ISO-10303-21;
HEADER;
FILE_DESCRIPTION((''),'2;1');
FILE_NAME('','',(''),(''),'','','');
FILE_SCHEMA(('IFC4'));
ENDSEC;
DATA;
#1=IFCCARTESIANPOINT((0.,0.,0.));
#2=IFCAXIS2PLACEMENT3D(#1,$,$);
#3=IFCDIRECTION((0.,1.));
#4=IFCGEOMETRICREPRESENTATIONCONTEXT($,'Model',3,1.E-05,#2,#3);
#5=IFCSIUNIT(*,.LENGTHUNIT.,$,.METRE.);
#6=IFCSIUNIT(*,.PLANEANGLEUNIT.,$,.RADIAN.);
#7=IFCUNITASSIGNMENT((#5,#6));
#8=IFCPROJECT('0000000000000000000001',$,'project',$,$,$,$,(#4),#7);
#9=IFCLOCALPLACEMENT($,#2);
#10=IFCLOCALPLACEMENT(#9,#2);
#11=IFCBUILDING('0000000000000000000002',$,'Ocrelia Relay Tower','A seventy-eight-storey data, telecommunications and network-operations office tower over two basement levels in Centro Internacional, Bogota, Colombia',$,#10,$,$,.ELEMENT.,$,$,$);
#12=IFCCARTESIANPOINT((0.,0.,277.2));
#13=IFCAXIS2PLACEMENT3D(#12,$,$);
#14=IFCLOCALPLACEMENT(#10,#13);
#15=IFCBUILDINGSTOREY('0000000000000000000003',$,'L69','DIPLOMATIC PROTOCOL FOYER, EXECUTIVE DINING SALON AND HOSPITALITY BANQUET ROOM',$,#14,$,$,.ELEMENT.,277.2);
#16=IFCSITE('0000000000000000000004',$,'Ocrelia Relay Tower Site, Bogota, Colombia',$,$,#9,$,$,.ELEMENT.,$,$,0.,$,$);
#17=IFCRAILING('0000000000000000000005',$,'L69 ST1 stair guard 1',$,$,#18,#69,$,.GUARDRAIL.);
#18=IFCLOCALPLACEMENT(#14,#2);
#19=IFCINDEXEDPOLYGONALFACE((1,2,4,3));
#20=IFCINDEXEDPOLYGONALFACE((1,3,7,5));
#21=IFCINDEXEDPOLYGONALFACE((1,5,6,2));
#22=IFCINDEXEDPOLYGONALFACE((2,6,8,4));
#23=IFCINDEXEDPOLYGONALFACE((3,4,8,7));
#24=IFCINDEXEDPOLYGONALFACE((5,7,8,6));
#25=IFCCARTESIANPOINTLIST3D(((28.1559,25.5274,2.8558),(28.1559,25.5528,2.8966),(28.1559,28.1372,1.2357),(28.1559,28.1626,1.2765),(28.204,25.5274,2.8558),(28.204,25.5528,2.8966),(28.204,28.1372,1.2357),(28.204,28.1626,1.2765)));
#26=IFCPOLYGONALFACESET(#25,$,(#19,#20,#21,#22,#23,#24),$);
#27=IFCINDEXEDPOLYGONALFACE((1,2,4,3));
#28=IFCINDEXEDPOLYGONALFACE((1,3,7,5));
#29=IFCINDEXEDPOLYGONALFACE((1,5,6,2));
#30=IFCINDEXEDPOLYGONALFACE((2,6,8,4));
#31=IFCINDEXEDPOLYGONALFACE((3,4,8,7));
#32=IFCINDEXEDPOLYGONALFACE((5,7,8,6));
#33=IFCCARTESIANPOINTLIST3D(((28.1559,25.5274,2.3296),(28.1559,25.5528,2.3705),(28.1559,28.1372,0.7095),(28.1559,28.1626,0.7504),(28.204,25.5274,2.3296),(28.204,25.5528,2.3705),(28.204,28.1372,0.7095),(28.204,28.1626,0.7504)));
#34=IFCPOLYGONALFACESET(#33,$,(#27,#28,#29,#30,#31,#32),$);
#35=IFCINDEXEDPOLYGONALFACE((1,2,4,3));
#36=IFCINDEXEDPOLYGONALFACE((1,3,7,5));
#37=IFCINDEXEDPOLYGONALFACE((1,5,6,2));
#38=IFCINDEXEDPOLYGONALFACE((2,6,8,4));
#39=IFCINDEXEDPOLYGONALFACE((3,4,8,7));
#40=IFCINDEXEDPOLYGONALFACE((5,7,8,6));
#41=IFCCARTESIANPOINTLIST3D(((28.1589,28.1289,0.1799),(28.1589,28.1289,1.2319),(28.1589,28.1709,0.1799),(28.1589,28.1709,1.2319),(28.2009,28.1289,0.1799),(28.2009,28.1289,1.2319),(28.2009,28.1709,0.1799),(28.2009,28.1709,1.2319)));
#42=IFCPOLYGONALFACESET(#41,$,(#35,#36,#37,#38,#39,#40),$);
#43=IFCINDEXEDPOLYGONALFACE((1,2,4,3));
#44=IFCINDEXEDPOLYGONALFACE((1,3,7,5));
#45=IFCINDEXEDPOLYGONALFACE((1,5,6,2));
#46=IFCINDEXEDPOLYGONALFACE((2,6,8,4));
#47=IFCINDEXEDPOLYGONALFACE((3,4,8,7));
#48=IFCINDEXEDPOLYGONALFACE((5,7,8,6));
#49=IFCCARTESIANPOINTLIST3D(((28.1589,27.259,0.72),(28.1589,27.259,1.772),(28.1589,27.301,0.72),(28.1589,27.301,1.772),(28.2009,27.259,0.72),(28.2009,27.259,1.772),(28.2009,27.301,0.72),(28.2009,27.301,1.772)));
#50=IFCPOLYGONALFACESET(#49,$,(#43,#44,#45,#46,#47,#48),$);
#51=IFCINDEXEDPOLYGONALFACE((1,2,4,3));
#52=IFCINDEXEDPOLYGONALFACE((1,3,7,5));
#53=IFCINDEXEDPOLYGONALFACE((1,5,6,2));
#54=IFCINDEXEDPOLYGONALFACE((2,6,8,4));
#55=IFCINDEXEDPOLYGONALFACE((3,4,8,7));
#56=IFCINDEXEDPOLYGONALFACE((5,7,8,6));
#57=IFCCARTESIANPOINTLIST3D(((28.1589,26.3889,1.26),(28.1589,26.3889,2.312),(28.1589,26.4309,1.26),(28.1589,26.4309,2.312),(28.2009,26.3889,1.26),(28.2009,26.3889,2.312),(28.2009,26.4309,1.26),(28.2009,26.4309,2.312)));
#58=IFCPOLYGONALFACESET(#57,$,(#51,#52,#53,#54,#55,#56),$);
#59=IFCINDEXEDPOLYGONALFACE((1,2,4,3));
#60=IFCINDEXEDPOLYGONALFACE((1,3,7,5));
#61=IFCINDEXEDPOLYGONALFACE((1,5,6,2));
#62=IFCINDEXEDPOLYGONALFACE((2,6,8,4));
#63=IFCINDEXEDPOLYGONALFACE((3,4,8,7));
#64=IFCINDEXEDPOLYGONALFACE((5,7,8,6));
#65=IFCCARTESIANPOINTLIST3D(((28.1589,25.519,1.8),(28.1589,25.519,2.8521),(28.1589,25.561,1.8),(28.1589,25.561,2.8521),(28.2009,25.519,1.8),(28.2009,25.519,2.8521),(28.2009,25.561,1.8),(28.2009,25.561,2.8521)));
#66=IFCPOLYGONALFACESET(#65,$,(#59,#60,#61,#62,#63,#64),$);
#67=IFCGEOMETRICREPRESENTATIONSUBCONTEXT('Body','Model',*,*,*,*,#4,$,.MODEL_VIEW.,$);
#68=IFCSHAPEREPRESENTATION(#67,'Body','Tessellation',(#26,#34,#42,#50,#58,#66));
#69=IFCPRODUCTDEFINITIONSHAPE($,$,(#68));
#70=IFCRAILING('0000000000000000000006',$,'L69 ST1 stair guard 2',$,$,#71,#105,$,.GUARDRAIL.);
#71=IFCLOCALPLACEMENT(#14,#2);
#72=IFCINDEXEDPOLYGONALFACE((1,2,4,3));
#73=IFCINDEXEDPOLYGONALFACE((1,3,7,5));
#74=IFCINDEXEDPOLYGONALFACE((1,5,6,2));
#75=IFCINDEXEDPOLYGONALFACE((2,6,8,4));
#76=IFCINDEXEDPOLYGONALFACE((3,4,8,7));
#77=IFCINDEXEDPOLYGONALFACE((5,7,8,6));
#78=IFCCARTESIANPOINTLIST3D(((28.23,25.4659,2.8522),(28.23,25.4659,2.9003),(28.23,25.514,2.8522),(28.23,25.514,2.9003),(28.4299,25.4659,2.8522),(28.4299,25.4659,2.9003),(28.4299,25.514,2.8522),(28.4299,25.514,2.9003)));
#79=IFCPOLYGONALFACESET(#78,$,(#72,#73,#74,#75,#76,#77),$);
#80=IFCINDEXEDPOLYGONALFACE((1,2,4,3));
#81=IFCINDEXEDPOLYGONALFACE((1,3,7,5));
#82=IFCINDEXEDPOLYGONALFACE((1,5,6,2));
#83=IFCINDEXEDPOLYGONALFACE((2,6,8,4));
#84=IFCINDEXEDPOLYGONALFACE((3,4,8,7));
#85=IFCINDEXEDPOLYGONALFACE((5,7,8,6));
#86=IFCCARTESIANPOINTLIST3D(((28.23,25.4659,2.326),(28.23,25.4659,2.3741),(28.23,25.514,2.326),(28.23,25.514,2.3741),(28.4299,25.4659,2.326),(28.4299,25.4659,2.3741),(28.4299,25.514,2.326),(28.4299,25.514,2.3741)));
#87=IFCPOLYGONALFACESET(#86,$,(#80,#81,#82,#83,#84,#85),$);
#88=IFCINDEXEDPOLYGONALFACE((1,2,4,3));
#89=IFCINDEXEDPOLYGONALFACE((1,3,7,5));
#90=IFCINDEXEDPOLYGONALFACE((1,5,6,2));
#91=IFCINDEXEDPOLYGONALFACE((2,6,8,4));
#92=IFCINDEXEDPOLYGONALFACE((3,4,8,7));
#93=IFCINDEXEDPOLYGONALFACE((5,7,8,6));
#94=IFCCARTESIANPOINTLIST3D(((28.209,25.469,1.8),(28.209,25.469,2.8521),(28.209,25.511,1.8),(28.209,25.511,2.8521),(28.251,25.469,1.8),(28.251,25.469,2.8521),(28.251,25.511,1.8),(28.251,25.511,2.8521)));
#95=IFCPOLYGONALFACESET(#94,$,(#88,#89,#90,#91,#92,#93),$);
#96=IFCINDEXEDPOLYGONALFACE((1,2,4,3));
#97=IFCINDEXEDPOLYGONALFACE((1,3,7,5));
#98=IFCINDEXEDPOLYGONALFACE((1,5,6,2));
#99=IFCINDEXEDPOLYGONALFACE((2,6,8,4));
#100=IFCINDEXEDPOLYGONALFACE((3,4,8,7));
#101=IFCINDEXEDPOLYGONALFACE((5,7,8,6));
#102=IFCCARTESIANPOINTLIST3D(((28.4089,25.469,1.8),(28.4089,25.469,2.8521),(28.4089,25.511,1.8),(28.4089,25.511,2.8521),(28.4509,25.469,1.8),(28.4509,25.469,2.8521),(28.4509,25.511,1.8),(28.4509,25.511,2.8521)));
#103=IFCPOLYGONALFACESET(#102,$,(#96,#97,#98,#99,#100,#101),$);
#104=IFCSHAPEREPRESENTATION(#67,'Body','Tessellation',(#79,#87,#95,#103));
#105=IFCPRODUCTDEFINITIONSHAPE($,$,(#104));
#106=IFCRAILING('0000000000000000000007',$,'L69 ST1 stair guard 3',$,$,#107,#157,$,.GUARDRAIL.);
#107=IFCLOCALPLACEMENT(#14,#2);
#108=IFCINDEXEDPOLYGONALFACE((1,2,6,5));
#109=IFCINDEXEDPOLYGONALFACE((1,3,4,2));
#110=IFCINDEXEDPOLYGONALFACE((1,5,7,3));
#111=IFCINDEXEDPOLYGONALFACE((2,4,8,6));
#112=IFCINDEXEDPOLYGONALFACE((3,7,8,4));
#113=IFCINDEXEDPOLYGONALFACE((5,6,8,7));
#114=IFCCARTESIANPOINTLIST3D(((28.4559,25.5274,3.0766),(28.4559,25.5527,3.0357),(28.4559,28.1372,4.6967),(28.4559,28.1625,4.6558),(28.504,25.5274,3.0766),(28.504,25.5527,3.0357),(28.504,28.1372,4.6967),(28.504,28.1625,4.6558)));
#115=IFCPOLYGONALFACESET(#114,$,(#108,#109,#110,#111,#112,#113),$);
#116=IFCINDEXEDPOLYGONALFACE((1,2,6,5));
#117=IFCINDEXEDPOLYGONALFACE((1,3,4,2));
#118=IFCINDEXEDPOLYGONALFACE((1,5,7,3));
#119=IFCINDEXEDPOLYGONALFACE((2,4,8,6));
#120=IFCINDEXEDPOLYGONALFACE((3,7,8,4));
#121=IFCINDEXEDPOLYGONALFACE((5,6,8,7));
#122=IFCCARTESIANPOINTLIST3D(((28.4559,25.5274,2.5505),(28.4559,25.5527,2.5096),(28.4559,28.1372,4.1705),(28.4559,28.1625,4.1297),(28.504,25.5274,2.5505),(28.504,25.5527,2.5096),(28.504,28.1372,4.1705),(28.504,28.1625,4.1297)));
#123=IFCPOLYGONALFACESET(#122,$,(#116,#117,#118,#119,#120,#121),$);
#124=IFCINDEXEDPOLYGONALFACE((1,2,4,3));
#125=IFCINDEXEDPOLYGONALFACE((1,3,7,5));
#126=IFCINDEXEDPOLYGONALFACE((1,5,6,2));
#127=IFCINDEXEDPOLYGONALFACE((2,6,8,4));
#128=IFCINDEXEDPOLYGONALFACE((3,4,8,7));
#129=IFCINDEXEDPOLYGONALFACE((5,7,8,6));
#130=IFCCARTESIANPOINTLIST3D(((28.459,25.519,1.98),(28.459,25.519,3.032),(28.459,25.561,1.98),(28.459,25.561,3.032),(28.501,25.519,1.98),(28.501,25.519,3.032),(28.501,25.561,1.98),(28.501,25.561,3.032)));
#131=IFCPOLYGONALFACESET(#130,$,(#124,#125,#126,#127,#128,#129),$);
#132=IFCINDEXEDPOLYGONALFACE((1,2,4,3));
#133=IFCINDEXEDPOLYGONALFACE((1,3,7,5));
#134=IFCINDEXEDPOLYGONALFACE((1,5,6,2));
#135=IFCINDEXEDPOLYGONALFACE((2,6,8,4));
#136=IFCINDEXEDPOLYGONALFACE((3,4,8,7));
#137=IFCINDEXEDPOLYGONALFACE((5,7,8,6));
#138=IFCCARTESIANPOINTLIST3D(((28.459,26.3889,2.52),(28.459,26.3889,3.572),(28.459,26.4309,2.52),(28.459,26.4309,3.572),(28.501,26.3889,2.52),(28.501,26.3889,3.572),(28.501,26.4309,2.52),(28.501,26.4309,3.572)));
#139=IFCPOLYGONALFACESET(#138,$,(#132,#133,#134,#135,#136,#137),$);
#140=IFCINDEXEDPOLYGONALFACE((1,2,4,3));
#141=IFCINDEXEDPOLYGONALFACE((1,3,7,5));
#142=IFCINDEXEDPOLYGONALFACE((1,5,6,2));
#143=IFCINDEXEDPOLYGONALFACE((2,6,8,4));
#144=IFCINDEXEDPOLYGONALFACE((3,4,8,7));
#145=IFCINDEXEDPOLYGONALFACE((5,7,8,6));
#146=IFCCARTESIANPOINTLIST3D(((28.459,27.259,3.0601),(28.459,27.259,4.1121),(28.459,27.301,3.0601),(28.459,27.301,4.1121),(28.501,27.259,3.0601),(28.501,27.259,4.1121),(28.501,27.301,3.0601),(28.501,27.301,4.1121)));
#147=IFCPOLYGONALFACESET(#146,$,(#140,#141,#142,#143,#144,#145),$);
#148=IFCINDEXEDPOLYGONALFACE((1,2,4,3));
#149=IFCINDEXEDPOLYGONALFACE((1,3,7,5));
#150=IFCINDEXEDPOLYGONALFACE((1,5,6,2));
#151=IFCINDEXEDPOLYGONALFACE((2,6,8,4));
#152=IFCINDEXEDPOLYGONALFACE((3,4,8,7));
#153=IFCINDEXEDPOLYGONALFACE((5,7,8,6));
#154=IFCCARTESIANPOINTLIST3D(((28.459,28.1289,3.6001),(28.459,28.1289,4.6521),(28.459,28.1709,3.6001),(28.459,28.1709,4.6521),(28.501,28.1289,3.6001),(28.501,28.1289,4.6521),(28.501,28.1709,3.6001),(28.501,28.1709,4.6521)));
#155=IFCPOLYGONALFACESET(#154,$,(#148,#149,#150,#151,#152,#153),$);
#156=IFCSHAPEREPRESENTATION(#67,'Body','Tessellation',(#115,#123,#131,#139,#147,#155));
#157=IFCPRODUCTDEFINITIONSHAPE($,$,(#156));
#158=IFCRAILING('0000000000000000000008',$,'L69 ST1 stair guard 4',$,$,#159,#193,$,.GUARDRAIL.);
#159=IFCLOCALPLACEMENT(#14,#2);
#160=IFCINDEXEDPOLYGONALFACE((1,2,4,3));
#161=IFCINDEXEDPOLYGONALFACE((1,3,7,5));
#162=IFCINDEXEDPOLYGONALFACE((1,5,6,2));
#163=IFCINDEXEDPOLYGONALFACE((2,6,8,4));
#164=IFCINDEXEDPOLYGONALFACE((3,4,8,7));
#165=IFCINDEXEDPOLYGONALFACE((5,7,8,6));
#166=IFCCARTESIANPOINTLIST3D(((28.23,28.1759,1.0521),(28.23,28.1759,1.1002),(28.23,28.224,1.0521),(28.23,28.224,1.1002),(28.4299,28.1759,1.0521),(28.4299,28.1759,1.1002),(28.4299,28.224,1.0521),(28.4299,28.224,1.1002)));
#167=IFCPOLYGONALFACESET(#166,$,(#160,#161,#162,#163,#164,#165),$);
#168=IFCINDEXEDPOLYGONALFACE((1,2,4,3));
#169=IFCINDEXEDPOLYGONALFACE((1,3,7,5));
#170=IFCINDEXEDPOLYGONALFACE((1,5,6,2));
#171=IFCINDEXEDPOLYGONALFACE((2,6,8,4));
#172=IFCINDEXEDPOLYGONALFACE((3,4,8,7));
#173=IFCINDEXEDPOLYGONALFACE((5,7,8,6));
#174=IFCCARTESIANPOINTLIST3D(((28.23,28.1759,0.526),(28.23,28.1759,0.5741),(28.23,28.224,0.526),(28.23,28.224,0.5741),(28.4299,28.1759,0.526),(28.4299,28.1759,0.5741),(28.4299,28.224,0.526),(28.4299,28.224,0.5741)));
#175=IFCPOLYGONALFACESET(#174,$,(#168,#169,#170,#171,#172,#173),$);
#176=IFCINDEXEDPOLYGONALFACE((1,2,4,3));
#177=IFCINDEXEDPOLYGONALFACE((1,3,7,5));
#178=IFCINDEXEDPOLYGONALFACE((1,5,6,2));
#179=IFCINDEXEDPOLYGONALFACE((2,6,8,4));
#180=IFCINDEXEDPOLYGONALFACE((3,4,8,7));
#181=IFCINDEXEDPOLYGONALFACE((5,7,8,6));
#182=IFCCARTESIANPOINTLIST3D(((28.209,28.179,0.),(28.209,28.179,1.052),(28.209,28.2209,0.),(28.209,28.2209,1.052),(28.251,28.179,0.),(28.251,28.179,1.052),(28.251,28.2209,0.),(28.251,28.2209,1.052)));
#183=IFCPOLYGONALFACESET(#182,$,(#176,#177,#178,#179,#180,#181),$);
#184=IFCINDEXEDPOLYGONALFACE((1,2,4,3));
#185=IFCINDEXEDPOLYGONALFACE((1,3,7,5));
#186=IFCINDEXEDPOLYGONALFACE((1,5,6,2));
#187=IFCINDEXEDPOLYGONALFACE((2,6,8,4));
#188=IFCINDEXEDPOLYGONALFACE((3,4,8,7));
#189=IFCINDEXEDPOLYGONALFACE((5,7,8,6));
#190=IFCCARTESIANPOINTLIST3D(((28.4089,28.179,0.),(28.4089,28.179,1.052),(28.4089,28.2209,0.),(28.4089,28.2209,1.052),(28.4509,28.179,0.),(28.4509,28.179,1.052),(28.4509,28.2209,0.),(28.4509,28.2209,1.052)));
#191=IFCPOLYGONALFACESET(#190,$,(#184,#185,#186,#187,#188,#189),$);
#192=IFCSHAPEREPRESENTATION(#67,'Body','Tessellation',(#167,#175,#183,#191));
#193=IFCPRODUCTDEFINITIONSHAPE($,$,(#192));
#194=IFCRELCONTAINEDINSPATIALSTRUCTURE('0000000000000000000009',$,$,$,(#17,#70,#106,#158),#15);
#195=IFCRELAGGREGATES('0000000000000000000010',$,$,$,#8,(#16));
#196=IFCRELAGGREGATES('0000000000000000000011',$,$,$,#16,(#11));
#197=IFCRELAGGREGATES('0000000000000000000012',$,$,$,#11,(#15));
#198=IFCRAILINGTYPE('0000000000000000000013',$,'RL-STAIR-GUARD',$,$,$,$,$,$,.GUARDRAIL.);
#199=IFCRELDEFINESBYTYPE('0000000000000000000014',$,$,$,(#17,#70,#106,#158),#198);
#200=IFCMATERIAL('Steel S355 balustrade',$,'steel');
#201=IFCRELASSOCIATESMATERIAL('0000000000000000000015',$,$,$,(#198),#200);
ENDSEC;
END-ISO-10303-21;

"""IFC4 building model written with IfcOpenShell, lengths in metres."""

from ifc_helpers import new_model, si_unit, direction, frame, origin, origin_2d, place, context, subcontext, project, spatial, rectangle, extrude, material, type_object, element, save


model = new_model("IFC4")

# Units and contexts
model_context = context("Model", 3, precision=1e-05, world=origin(), true_north=direction((0.0, 1.0)))
body_context = subcontext(model_context, "Body", "Model", "MODEL_VIEW")
ifc_project = project(units=[si_unit("LENGTHUNIT", "METRE"), si_unit("PLANEANGLEUNIT", "RADIAN")], contexts=[model_context])

# Site, building, storey
site_placement = place(None, origin())
site = spatial("IfcSite", under=ifc_project, at=site_placement, Name="Ocrelia Relay Tower Site, Bogota, Colombia", CompositionType="ELEMENT", RefElevation=0.0)
building_placement = place(site_placement, origin())
building = spatial("IfcBuilding", under=site, at=building_placement, Name="Ocrelia Relay Tower", Description="A seventy-eight-storey data, telecommunications and network-operations office tower over two basement levels in Centro Internacional, Bogota, Colombia", CompositionType="ELEMENT")
storey_placement = place(building_placement, frame((0.0, 0.0, 277.2)))
storey = spatial("IfcBuildingStorey", under=building, at=storey_placement, Name="L69", Description="DIPLOMATIC PROTOCOL FOYER, EXECUTIVE DINING SALON AND HOSPITALITY BANQUET ROOM", CompositionType="ELEMENT", Elevation=277.2)

# Railings
ifc_material_1 = material(Name="Steel S355 balustrade", Category="steel")
railing_type_1 = type_object("IfcRailingType", Name="RL-STAIR-GUARD", PredefinedType="GUARDRAIL", material=ifc_material_1)
railing_1_placement = place(storey_placement, frame((28.1799, 28.1499, 0.1799)))
element("IfcRailing", 1, at=railing_1_placement, inside=storey, type_object=railing_type_1, Name="L69 ST1 stair guard 1", PredefinedType="GUARDRAIL", context=body_context, shape_type="SweptSolid", body=[
    extrude(rectangle(XDim=0.0481, YDim=0.0481, at=origin_2d()), frame((0.0, 0.0, 1.0762), z_axis=(0.0, -0.849611, 0.52741), x_axis=(1.0, 0.0, 0.0)), (0.0, 0.0, 1.0), 3.0718),
    extrude(rectangle(XDim=0.0481, YDim=0.0481, at=origin_2d()), frame((0.0, 0.0, 0.55), z_axis=(0.0, -0.849611, 0.52741), x_axis=(1.0, 0.0, 0.0)), (0.0, 0.0, 1.0), 3.0718),
    extrude(rectangle(XDim=0.042, YDim=0.042, at=origin_2d()), origin(), (0.0, 0.0, 1.0), 1.052),
    extrude(rectangle(XDim=0.042, YDim=0.042, at=origin_2d()), frame((0.0, -0.8699, 0.54)), (0.0, 0.0, 1.0), 1.052),
    extrude(rectangle(XDim=0.042, YDim=0.042, at=origin_2d()), frame((0.0, -1.74, 1.0801)), (0.0, 0.0, 1.0), 1.052),
    extrude(rectangle(XDim=0.042, YDim=0.042, at=origin_2d()), frame((0.0, -2.6099, 1.6201)), (0.0, 0.0, 1.0), 1.052),
])
railing_2_placement = place(storey_placement, frame((28.23, 25.49, 1.8)))
element("IfcRailing", 2, at=railing_2_placement, inside=storey, type_object=railing_type_1, Name="L69 ST1 stair guard 2", PredefinedType="GUARDRAIL", context=body_context, shape_type="SweptSolid", body=[
    extrude(rectangle(XDim=0.0481, YDim=0.0481, at=origin_2d()), frame((0.0, 0.0, 1.0762), z_axis=(1.0, 0.0, 0.0), x_axis=(0.0, 1.0, 0.0)), (0.0, 0.0, 1.0), 0.2),
    extrude(rectangle(XDim=0.0481, YDim=0.0481, at=origin_2d()), frame((0.0, 0.0, 0.55), z_axis=(1.0, 0.0, 0.0), x_axis=(0.0, 1.0, 0.0)), (0.0, 0.0, 1.0), 0.2),
    extrude(rectangle(XDim=0.042, YDim=0.042, at=origin_2d()), origin(), (0.0, 0.0, 1.0), 1.052),
    extrude(rectangle(XDim=0.042, YDim=0.042, at=origin_2d()), frame((0.2, 0.0, 0.0)), (0.0, 0.0, 1.0), 1.052),
])
railing_3_placement = place(storey_placement, frame((28.48, 25.54, 1.98)))
element("IfcRailing", 3, at=railing_3_placement, inside=storey, type_object=railing_type_1, Name="L69 ST1 stair guard 3", PredefinedType="GUARDRAIL", context=body_context, shape_type="SweptSolid", body=[
    extrude(rectangle(XDim=0.0481, YDim=0.0481, at=origin_2d()), frame((0.0, 0.0, 1.0762), z_axis=(0.0, 0.849611, 0.52741), x_axis=(-1.0, 0.0, 0.0)), (0.0, 0.0, 1.0), 3.0718),
    extrude(rectangle(XDim=0.0481, YDim=0.0481, at=origin_2d()), frame((0.0, 0.0, 0.55), z_axis=(0.0, 0.849611, 0.52741), x_axis=(-1.0, 0.0, 0.0)), (0.0, 0.0, 1.0), 3.0718),
    extrude(rectangle(XDim=0.042, YDim=0.042, at=origin_2d()), origin(), (0.0, 0.0, 1.0), 1.052),
    extrude(rectangle(XDim=0.042, YDim=0.042, at=origin_2d()), frame((0.0, 0.8699, 0.54)), (0.0, 0.0, 1.0), 1.052),
    extrude(rectangle(XDim=0.042, YDim=0.042, at=origin_2d()), frame((0.0, 1.74, 1.0801)), (0.0, 0.0, 1.0), 1.052),
    extrude(rectangle(XDim=0.042, YDim=0.042, at=origin_2d()), frame((0.0, 2.6099, 1.6201)), (0.0, 0.0, 1.0), 1.052),
])
railing_4_placement = place(storey_placement, frame((28.23, 28.2, 0.0)))
element("IfcRailing", 4, at=railing_4_placement, inside=storey, type_object=railing_type_1, Name="L69 ST1 stair guard 4", PredefinedType="GUARDRAIL", context=body_context, shape_type="SweptSolid", body=[
    extrude(rectangle(XDim=0.0481, YDim=0.0481, at=origin_2d()), frame((0.0, 0.0, 1.0762), z_axis=(1.0, 0.0, 0.0), x_axis=(0.0, 1.0, 0.0)), (0.0, 0.0, 1.0), 0.2),
    extrude(rectangle(XDim=0.0481, YDim=0.0481, at=origin_2d()), frame((0.0, 0.0, 0.55), z_axis=(1.0, 0.0, 0.0), x_axis=(0.0, 1.0, 0.0)), (0.0, 0.0, 1.0), 0.2),
    extrude(rectangle(XDim=0.042, YDim=0.042, at=origin_2d()), origin(), (0.0, 0.0, 1.0), 1.052),
    extrude(rectangle(XDim=0.042, YDim=0.042, at=origin_2d()), frame((0.2, 0.0, 0.0)), (0.0, 0.0, 1.0), 1.052),
])

save(model, "model.ifc")
